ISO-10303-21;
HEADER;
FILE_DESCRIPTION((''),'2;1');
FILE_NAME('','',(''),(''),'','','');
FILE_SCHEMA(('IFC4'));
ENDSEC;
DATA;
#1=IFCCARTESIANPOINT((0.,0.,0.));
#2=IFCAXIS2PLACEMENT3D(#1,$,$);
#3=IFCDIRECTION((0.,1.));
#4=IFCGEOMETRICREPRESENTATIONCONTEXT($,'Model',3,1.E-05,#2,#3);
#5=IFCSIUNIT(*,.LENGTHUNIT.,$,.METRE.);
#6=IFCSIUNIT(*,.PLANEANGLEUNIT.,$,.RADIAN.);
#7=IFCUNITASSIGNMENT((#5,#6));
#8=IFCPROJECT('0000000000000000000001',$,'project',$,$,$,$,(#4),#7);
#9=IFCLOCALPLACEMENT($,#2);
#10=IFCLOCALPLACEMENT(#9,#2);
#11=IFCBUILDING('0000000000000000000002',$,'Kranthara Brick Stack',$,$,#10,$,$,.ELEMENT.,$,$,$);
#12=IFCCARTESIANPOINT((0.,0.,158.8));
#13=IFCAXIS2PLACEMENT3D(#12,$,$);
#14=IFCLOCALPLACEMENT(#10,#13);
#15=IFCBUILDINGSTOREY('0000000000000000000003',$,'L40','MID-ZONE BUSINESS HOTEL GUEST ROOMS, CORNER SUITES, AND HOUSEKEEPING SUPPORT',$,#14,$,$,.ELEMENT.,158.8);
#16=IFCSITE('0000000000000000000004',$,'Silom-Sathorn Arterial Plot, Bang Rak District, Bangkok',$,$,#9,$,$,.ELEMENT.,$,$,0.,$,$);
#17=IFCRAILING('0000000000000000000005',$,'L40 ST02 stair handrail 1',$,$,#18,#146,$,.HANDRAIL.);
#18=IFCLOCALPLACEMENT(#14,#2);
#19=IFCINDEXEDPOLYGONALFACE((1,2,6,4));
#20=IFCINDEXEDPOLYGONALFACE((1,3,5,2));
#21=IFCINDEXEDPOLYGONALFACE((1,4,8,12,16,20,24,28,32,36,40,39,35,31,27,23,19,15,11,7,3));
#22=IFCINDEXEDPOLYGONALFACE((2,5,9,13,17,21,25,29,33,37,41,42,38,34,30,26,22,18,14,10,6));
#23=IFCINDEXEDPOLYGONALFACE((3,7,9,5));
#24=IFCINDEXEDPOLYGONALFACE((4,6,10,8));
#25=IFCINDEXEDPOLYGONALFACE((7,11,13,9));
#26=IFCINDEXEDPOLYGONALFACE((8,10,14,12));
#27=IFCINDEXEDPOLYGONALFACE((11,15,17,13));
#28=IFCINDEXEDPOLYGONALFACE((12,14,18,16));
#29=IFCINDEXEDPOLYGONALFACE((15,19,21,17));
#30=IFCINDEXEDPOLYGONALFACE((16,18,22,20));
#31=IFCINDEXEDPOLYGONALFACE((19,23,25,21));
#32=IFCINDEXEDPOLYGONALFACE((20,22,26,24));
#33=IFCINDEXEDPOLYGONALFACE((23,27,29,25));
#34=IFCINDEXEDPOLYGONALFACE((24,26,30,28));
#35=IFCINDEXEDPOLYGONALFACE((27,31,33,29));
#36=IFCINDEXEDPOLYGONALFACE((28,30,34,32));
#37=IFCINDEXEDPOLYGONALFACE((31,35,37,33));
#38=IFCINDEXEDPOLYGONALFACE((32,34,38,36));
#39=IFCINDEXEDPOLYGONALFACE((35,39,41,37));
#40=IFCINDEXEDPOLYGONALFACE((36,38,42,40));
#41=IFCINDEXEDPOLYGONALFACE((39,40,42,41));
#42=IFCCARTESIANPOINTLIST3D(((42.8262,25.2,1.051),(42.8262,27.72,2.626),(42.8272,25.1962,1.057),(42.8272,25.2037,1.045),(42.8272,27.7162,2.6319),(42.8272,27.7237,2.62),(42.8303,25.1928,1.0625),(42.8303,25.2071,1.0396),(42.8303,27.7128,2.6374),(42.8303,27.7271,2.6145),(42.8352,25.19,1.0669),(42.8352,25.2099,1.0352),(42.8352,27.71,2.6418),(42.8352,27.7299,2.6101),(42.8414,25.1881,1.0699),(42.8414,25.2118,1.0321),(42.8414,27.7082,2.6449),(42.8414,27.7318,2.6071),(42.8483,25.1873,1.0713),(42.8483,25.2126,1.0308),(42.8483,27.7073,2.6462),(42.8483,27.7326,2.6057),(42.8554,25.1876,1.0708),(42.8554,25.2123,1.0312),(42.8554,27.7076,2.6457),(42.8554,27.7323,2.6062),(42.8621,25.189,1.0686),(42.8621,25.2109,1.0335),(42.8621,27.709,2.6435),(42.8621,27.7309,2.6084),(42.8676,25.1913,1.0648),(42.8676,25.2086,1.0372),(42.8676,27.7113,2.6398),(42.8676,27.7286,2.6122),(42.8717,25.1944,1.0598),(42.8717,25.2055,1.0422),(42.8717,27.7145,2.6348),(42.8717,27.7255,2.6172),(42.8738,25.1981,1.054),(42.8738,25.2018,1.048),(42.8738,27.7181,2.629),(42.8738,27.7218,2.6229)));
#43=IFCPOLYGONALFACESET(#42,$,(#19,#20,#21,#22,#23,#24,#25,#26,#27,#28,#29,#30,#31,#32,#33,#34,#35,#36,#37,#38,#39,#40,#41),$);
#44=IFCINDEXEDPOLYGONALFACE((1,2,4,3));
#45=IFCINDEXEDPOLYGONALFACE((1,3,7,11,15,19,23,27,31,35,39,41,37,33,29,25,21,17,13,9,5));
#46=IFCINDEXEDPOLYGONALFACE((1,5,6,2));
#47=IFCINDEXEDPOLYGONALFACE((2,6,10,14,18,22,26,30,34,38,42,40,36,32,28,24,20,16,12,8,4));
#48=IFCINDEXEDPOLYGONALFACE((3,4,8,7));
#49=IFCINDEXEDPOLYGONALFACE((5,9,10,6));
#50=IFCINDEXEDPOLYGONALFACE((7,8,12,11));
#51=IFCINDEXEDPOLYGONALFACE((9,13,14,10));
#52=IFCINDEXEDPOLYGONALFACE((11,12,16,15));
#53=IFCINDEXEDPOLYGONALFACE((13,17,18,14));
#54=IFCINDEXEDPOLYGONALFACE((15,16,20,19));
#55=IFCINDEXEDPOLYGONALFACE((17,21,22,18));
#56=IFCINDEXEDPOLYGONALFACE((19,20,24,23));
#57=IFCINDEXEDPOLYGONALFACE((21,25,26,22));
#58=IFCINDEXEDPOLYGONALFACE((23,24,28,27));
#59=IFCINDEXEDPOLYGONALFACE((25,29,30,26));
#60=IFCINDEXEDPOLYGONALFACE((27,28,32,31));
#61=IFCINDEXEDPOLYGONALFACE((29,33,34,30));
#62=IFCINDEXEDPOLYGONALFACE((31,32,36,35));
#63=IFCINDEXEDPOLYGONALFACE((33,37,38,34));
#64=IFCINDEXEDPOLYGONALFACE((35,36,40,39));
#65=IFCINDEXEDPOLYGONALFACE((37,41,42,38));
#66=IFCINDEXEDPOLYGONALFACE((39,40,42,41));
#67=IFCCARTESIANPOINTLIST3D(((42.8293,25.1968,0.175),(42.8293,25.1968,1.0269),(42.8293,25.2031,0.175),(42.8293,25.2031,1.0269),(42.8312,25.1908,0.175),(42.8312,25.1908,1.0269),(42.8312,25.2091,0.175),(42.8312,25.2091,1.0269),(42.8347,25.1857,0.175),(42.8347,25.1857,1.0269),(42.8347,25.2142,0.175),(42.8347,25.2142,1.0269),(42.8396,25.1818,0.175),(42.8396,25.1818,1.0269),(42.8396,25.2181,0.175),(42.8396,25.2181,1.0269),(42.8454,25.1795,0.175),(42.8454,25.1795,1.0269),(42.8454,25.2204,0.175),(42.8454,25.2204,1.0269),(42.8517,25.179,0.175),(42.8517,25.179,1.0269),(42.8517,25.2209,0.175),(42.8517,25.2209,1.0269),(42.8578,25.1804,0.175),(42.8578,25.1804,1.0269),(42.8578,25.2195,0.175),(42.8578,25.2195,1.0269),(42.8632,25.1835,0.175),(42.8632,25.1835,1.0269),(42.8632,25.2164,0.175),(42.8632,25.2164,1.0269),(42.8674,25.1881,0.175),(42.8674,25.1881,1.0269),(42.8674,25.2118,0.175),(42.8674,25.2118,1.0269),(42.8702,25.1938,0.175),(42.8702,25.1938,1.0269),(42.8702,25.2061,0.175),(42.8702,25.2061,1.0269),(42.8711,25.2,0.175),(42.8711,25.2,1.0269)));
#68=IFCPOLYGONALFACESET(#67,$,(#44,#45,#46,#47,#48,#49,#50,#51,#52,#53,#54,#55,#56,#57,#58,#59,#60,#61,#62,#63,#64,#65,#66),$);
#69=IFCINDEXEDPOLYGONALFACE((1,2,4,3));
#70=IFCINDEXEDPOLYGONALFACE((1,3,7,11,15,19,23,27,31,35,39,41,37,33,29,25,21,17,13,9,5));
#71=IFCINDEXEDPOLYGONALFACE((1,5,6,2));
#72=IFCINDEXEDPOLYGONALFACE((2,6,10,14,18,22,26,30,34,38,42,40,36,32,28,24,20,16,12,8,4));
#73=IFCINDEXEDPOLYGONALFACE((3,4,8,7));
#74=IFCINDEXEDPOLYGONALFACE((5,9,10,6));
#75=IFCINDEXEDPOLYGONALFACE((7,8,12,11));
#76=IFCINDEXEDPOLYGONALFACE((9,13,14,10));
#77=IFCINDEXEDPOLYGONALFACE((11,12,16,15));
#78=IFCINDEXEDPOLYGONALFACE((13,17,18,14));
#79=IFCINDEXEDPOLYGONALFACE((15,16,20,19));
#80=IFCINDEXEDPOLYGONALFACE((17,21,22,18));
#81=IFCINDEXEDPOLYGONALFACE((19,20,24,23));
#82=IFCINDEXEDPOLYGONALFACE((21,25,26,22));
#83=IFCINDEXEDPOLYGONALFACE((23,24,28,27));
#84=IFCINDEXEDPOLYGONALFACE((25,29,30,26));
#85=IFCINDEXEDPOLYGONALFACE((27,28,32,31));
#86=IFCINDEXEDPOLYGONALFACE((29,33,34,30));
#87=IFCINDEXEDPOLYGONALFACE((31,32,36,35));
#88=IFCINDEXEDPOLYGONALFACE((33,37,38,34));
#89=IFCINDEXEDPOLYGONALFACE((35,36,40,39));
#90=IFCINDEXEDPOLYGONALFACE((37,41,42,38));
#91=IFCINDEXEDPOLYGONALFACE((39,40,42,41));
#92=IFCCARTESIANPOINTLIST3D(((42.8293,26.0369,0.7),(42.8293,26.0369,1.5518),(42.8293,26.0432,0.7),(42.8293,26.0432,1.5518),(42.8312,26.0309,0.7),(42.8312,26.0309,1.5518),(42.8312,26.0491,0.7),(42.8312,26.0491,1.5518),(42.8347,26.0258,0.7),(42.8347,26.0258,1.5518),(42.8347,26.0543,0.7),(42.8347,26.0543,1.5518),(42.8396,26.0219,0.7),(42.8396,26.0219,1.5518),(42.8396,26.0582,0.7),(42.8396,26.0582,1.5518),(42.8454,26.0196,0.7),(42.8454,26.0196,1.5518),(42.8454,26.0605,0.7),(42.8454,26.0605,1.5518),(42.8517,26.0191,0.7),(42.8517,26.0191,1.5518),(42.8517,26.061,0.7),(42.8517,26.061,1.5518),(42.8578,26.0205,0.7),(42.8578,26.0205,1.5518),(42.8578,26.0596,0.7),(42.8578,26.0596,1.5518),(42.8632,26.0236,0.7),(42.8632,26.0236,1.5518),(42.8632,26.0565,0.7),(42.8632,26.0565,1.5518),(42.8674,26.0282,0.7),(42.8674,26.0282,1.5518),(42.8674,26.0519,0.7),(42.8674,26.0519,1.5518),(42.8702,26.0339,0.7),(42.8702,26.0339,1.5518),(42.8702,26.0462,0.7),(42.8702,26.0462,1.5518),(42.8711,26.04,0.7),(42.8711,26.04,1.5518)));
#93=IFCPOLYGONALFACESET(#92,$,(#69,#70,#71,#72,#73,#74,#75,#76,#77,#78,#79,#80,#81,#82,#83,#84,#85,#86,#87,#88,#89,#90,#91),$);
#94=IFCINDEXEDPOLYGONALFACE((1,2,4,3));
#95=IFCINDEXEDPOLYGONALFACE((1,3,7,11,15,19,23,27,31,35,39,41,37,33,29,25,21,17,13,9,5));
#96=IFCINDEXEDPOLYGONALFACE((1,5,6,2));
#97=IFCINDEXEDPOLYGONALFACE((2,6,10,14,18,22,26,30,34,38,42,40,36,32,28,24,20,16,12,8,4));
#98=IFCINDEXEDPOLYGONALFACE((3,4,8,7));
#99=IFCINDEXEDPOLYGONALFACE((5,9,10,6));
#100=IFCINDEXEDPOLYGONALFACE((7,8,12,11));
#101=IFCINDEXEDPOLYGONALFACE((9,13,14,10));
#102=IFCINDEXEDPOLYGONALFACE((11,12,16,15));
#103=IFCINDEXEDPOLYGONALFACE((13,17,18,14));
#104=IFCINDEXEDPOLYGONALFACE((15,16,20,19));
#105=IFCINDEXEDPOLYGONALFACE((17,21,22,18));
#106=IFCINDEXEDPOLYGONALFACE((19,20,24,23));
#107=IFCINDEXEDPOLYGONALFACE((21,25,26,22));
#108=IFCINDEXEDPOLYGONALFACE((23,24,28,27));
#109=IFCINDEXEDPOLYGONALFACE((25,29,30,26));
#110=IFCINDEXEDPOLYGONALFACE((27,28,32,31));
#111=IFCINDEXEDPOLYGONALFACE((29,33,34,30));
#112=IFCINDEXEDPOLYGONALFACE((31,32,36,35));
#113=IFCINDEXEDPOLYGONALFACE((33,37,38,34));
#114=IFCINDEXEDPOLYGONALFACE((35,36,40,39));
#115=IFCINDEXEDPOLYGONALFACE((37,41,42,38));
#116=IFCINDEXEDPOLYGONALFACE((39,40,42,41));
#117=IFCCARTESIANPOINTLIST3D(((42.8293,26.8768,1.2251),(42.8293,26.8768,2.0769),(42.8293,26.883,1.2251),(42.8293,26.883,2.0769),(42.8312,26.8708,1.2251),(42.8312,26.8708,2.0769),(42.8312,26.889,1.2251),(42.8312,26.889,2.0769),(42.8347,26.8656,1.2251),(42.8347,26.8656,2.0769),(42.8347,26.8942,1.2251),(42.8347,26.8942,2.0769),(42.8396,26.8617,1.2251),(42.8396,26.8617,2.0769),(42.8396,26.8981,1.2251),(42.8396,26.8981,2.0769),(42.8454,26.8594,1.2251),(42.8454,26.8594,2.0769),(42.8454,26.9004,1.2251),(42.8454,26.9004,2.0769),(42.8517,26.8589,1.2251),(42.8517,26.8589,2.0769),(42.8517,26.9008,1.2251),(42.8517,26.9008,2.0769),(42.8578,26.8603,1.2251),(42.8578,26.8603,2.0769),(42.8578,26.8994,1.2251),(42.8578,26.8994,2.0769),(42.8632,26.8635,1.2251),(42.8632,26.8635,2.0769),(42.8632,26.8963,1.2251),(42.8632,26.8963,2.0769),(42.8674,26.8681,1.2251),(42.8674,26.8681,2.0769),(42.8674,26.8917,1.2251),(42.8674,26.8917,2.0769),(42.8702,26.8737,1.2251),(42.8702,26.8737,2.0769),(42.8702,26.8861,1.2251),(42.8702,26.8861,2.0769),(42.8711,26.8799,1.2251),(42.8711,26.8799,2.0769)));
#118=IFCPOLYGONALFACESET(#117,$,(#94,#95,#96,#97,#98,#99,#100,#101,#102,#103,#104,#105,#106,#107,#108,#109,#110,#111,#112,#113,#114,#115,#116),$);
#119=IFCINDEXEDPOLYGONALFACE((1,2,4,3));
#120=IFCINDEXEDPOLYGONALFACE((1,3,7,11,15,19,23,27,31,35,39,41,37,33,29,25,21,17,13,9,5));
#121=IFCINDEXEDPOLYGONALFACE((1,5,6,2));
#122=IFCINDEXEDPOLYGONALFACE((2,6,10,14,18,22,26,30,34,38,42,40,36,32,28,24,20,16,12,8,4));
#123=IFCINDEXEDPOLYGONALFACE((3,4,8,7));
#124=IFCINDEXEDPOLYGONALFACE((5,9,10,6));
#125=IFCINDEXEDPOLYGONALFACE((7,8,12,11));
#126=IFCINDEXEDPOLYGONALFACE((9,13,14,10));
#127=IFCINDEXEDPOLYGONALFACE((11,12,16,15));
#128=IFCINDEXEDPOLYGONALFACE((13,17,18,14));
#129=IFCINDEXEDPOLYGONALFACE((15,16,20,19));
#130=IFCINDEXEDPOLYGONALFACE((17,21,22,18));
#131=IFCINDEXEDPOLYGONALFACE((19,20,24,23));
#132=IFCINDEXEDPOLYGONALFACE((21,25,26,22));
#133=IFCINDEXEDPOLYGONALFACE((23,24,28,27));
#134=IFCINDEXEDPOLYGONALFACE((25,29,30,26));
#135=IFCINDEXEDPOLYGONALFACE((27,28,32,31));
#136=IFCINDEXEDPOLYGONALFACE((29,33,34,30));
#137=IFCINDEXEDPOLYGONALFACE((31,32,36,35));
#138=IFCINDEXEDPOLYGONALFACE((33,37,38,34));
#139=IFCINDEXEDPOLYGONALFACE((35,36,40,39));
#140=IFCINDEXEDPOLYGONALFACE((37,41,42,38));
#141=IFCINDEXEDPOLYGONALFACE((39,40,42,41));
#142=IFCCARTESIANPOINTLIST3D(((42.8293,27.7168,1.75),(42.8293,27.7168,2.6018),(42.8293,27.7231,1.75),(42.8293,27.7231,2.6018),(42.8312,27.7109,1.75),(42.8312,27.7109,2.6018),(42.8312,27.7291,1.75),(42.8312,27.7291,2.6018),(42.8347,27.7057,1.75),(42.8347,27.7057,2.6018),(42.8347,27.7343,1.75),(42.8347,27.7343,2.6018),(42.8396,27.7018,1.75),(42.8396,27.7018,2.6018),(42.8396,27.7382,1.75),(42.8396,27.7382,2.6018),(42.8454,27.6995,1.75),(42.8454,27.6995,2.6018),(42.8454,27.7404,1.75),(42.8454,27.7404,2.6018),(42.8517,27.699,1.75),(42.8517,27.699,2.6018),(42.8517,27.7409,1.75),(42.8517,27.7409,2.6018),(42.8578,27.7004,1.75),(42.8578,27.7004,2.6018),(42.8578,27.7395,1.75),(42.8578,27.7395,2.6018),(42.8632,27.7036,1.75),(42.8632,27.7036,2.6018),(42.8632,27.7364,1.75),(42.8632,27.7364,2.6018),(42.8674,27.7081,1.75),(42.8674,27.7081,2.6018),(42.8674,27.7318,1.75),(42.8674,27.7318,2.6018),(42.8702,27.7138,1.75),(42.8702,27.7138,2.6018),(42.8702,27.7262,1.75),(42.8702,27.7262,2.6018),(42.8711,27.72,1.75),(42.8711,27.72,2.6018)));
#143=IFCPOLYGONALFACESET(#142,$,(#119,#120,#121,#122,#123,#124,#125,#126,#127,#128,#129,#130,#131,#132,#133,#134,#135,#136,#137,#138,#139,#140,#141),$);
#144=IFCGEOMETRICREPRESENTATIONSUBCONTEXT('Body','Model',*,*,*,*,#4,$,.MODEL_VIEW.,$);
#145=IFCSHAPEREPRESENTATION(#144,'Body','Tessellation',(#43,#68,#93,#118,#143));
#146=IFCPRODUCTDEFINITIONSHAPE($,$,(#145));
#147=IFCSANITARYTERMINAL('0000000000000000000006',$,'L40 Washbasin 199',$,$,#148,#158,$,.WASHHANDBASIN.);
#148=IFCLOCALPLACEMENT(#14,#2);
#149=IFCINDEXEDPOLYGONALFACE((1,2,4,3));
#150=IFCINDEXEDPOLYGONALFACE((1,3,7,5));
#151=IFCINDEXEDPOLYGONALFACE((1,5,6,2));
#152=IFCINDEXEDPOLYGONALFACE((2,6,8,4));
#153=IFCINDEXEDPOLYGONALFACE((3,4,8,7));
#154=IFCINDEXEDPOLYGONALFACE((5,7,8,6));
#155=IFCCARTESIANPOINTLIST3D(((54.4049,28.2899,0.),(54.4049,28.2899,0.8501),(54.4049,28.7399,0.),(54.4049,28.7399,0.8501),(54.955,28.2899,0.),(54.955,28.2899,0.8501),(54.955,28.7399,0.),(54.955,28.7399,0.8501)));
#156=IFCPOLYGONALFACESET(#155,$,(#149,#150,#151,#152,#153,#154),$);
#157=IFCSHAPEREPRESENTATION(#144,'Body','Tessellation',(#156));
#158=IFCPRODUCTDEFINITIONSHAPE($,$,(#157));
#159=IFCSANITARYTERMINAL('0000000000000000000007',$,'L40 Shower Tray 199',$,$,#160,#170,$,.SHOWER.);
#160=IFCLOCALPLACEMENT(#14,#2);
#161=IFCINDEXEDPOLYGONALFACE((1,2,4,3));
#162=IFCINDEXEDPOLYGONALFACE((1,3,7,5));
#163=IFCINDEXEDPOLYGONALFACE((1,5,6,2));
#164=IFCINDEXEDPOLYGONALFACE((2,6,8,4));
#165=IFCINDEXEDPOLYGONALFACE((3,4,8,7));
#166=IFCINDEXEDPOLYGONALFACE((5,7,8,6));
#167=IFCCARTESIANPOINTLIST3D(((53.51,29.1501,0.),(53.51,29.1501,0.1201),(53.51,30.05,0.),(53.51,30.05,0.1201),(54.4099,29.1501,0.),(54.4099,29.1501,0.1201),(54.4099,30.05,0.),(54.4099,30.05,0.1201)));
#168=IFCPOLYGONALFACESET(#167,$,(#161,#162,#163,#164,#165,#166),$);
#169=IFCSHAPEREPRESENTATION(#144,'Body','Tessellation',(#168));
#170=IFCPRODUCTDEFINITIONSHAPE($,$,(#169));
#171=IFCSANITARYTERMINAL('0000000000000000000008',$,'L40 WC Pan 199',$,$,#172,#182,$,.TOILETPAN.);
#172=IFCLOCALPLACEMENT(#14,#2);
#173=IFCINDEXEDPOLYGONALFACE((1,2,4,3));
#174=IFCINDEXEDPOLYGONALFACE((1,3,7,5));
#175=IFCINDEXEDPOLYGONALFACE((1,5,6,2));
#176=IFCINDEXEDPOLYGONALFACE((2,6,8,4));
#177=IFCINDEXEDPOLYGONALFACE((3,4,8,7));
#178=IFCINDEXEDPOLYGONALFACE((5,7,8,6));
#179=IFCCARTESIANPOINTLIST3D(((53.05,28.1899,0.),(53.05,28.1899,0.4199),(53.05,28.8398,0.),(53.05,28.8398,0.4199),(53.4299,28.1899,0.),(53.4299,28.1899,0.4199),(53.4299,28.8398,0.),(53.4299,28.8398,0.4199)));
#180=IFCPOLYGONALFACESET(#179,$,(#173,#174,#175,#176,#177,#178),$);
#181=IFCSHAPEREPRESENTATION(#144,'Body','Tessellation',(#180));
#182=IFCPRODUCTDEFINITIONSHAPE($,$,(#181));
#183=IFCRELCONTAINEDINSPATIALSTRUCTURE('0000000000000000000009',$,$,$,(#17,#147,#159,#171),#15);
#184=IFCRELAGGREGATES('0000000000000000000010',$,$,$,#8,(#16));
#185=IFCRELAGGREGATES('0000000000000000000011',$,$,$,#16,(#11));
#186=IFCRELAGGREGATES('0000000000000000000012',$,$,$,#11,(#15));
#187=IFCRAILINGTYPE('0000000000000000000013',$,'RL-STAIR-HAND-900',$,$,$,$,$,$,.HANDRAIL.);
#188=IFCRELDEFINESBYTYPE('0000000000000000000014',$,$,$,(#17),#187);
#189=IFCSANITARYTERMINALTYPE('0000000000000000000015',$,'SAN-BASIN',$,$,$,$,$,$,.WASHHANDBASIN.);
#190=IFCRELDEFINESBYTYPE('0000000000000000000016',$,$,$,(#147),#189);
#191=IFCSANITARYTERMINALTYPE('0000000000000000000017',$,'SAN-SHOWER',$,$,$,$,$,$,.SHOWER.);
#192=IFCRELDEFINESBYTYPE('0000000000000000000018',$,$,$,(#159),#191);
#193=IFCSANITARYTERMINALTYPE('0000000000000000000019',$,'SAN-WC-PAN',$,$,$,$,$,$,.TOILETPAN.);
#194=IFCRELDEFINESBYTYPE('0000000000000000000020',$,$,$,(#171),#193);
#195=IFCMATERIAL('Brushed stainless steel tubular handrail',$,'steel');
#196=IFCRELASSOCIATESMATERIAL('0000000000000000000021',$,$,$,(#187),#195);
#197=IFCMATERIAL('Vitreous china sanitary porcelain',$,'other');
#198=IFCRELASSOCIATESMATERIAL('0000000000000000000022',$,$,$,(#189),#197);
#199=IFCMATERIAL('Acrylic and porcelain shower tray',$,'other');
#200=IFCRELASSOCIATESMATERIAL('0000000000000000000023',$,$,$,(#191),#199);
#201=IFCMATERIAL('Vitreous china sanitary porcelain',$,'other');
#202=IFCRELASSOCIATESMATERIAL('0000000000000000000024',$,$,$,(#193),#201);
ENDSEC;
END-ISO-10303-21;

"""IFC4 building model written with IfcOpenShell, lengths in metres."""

from ifc_helpers import new_model, si_unit, direction, frame, origin, origin_2d, place, context, subcontext, project, spatial, rectangle, circle, extrude, material, type_object, element, save


model = new_model("IFC4")

# Units and contexts
model_context = context("Model", 3, precision=1e-05, world=origin(), true_north=direction((0.0, 1.0)))
body_context = subcontext(model_context, "Body", "Model", "MODEL_VIEW")
ifc_project = project(units=[si_unit("LENGTHUNIT", "METRE"), si_unit("PLANEANGLEUNIT", "RADIAN")], contexts=[model_context])

# Site, building, storey
site_placement = place(None, origin())
site = spatial("IfcSite", under=ifc_project, at=site_placement, Name="Silom-Sathorn Arterial Plot, Bang Rak District, Bangkok", CompositionType="ELEMENT", RefElevation=0.0)
building_placement = place(site_placement, origin())
building = spatial("IfcBuilding", under=site, at=building_placement, Name="Kranthara Brick Stack", CompositionType="ELEMENT")
storey_placement = place(building_placement, frame((0.0, 0.0, 158.8)))
storey = spatial("IfcBuildingStorey", under=building, at=storey_placement, Name="L40", Description="MID-ZONE BUSINESS HOTEL GUEST ROOMS, CORNER SUITES, AND HOUSEKEEPING SUPPORT", CompositionType="ELEMENT", Elevation=158.8)

# Railing
ifc_material_1 = material(Name="Brushed stainless steel tubular handrail", Category="steel")
railing_type_1 = type_object("IfcRailingType", Name="RL-STAIR-HAND-900", PredefinedType="HANDRAIL", material=ifc_material_1)
railing_1_placement = place(storey_placement, frame((42.8501, 25.2, 0.175)))
element("IfcRailing", 1, at=railing_1_placement, inside=storey, type_object=railing_type_1, Name="L40 ST02 stair handrail 1", PredefinedType="HANDRAIL", context=body_context, shape_type="SweptSolid", body=[
    extrude(circle(Radius=0.0239, at=origin_2d()), frame((0.0, 0.0, 0.876), z_axis=(0.0, 0.848008, 0.529984), x_axis=(-1.0, 0.0, 0.0)), (0.0, 0.0, 1.0), 2.9717),
    extrude(circle(Radius=0.021, at=origin_2d()), origin(), (0.0, 0.0, 1.0), 0.8518),
    extrude(circle(Radius=0.021, at=origin_2d()), frame((0.0, 0.8401, 0.5249)), (0.0, 0.0, 1.0), 0.8518),
    extrude(circle(Radius=0.021, at=origin_2d()), frame((0.0, 1.6799, 1.05)), (0.0, 0.0, 1.0), 0.8518),
    extrude(circle(Radius=0.021, at=origin_2d()), frame((0.0, 2.52, 1.575)), (0.0, 0.0, 1.0), 0.8518),
])

# Sanitary terminals
ifc_material_2 = material(Name="Vitreous china sanitary porcelain", Category="other")
sanitary_terminal_type_1 = type_object("IfcSanitaryTerminalType", Name="SAN-BASIN", PredefinedType="WASHHANDBASIN", material=ifc_material_2)
sanitary_terminal_1_placement = place(storey_placement, frame((54.6799, 28.5149, 0.0), z_axis=(0.0, 0.0, 1.0), x_axis=(1.0, 0.0, 0.0)))
element("IfcSanitaryTerminal", 2, at=sanitary_terminal_1_placement, inside=storey, type_object=sanitary_terminal_type_1, Name="L40 Washbasin 199", PredefinedType="WASHHANDBASIN", context=body_context, shape_type="SweptSolid", body=[
    extrude(rectangle(XDim=0.55, YDim=0.45, at=origin_2d()), origin(), (0.0, 0.0, 1.0), 0.8501),
])
ifc_material_3 = material(Name="Acrylic and porcelain shower tray", Category="other")
sanitary_terminal_type_2 = type_object("IfcSanitaryTerminalType", Name="SAN-SHOWER", PredefinedType="SHOWER", material=ifc_material_3)
sanitary_terminal_2_placement = place(storey_placement, frame((53.96, 29.6001, 0.0), z_axis=(0.0, 0.0, 1.0), x_axis=(1.0, 0.0, 0.0)))
element("IfcSanitaryTerminal", 3, at=sanitary_terminal_2_placement, inside=storey, type_object=sanitary_terminal_type_2, Name="L40 Shower Tray 199", PredefinedType="SHOWER", context=body_context, shape_type="SweptSolid", body=[
    extrude(rectangle(XDim=0.8999, YDim=0.8999, at=origin_2d()), origin(), (0.0, 0.0, 1.0), 0.1201),
])
ifc_material_4 = material(Name="Vitreous china sanitary porcelain", Category="other")
sanitary_terminal_type_3 = type_object("IfcSanitaryTerminalType", Name="SAN-WC-PAN", PredefinedType="TOILETPAN", material=ifc_material_4)
sanitary_terminal_3_placement = place(storey_placement, frame((53.24, 28.5149, 0.0), z_axis=(0.0, 0.0, 1.0), x_axis=(1.0, 0.0, 0.0)))
element("IfcSanitaryTerminal", 4, at=sanitary_terminal_3_placement, inside=storey, type_object=sanitary_terminal_type_3, Name="L40 WC Pan 199", PredefinedType="TOILETPAN", context=body_context, shape_type="SweptSolid", body=[
    extrude(rectangle(XDim=0.3799, YDim=0.6499, at=origin_2d()), origin(), (0.0, 0.0, 1.0), 0.4199),
])

save(model, "model.ifc")
